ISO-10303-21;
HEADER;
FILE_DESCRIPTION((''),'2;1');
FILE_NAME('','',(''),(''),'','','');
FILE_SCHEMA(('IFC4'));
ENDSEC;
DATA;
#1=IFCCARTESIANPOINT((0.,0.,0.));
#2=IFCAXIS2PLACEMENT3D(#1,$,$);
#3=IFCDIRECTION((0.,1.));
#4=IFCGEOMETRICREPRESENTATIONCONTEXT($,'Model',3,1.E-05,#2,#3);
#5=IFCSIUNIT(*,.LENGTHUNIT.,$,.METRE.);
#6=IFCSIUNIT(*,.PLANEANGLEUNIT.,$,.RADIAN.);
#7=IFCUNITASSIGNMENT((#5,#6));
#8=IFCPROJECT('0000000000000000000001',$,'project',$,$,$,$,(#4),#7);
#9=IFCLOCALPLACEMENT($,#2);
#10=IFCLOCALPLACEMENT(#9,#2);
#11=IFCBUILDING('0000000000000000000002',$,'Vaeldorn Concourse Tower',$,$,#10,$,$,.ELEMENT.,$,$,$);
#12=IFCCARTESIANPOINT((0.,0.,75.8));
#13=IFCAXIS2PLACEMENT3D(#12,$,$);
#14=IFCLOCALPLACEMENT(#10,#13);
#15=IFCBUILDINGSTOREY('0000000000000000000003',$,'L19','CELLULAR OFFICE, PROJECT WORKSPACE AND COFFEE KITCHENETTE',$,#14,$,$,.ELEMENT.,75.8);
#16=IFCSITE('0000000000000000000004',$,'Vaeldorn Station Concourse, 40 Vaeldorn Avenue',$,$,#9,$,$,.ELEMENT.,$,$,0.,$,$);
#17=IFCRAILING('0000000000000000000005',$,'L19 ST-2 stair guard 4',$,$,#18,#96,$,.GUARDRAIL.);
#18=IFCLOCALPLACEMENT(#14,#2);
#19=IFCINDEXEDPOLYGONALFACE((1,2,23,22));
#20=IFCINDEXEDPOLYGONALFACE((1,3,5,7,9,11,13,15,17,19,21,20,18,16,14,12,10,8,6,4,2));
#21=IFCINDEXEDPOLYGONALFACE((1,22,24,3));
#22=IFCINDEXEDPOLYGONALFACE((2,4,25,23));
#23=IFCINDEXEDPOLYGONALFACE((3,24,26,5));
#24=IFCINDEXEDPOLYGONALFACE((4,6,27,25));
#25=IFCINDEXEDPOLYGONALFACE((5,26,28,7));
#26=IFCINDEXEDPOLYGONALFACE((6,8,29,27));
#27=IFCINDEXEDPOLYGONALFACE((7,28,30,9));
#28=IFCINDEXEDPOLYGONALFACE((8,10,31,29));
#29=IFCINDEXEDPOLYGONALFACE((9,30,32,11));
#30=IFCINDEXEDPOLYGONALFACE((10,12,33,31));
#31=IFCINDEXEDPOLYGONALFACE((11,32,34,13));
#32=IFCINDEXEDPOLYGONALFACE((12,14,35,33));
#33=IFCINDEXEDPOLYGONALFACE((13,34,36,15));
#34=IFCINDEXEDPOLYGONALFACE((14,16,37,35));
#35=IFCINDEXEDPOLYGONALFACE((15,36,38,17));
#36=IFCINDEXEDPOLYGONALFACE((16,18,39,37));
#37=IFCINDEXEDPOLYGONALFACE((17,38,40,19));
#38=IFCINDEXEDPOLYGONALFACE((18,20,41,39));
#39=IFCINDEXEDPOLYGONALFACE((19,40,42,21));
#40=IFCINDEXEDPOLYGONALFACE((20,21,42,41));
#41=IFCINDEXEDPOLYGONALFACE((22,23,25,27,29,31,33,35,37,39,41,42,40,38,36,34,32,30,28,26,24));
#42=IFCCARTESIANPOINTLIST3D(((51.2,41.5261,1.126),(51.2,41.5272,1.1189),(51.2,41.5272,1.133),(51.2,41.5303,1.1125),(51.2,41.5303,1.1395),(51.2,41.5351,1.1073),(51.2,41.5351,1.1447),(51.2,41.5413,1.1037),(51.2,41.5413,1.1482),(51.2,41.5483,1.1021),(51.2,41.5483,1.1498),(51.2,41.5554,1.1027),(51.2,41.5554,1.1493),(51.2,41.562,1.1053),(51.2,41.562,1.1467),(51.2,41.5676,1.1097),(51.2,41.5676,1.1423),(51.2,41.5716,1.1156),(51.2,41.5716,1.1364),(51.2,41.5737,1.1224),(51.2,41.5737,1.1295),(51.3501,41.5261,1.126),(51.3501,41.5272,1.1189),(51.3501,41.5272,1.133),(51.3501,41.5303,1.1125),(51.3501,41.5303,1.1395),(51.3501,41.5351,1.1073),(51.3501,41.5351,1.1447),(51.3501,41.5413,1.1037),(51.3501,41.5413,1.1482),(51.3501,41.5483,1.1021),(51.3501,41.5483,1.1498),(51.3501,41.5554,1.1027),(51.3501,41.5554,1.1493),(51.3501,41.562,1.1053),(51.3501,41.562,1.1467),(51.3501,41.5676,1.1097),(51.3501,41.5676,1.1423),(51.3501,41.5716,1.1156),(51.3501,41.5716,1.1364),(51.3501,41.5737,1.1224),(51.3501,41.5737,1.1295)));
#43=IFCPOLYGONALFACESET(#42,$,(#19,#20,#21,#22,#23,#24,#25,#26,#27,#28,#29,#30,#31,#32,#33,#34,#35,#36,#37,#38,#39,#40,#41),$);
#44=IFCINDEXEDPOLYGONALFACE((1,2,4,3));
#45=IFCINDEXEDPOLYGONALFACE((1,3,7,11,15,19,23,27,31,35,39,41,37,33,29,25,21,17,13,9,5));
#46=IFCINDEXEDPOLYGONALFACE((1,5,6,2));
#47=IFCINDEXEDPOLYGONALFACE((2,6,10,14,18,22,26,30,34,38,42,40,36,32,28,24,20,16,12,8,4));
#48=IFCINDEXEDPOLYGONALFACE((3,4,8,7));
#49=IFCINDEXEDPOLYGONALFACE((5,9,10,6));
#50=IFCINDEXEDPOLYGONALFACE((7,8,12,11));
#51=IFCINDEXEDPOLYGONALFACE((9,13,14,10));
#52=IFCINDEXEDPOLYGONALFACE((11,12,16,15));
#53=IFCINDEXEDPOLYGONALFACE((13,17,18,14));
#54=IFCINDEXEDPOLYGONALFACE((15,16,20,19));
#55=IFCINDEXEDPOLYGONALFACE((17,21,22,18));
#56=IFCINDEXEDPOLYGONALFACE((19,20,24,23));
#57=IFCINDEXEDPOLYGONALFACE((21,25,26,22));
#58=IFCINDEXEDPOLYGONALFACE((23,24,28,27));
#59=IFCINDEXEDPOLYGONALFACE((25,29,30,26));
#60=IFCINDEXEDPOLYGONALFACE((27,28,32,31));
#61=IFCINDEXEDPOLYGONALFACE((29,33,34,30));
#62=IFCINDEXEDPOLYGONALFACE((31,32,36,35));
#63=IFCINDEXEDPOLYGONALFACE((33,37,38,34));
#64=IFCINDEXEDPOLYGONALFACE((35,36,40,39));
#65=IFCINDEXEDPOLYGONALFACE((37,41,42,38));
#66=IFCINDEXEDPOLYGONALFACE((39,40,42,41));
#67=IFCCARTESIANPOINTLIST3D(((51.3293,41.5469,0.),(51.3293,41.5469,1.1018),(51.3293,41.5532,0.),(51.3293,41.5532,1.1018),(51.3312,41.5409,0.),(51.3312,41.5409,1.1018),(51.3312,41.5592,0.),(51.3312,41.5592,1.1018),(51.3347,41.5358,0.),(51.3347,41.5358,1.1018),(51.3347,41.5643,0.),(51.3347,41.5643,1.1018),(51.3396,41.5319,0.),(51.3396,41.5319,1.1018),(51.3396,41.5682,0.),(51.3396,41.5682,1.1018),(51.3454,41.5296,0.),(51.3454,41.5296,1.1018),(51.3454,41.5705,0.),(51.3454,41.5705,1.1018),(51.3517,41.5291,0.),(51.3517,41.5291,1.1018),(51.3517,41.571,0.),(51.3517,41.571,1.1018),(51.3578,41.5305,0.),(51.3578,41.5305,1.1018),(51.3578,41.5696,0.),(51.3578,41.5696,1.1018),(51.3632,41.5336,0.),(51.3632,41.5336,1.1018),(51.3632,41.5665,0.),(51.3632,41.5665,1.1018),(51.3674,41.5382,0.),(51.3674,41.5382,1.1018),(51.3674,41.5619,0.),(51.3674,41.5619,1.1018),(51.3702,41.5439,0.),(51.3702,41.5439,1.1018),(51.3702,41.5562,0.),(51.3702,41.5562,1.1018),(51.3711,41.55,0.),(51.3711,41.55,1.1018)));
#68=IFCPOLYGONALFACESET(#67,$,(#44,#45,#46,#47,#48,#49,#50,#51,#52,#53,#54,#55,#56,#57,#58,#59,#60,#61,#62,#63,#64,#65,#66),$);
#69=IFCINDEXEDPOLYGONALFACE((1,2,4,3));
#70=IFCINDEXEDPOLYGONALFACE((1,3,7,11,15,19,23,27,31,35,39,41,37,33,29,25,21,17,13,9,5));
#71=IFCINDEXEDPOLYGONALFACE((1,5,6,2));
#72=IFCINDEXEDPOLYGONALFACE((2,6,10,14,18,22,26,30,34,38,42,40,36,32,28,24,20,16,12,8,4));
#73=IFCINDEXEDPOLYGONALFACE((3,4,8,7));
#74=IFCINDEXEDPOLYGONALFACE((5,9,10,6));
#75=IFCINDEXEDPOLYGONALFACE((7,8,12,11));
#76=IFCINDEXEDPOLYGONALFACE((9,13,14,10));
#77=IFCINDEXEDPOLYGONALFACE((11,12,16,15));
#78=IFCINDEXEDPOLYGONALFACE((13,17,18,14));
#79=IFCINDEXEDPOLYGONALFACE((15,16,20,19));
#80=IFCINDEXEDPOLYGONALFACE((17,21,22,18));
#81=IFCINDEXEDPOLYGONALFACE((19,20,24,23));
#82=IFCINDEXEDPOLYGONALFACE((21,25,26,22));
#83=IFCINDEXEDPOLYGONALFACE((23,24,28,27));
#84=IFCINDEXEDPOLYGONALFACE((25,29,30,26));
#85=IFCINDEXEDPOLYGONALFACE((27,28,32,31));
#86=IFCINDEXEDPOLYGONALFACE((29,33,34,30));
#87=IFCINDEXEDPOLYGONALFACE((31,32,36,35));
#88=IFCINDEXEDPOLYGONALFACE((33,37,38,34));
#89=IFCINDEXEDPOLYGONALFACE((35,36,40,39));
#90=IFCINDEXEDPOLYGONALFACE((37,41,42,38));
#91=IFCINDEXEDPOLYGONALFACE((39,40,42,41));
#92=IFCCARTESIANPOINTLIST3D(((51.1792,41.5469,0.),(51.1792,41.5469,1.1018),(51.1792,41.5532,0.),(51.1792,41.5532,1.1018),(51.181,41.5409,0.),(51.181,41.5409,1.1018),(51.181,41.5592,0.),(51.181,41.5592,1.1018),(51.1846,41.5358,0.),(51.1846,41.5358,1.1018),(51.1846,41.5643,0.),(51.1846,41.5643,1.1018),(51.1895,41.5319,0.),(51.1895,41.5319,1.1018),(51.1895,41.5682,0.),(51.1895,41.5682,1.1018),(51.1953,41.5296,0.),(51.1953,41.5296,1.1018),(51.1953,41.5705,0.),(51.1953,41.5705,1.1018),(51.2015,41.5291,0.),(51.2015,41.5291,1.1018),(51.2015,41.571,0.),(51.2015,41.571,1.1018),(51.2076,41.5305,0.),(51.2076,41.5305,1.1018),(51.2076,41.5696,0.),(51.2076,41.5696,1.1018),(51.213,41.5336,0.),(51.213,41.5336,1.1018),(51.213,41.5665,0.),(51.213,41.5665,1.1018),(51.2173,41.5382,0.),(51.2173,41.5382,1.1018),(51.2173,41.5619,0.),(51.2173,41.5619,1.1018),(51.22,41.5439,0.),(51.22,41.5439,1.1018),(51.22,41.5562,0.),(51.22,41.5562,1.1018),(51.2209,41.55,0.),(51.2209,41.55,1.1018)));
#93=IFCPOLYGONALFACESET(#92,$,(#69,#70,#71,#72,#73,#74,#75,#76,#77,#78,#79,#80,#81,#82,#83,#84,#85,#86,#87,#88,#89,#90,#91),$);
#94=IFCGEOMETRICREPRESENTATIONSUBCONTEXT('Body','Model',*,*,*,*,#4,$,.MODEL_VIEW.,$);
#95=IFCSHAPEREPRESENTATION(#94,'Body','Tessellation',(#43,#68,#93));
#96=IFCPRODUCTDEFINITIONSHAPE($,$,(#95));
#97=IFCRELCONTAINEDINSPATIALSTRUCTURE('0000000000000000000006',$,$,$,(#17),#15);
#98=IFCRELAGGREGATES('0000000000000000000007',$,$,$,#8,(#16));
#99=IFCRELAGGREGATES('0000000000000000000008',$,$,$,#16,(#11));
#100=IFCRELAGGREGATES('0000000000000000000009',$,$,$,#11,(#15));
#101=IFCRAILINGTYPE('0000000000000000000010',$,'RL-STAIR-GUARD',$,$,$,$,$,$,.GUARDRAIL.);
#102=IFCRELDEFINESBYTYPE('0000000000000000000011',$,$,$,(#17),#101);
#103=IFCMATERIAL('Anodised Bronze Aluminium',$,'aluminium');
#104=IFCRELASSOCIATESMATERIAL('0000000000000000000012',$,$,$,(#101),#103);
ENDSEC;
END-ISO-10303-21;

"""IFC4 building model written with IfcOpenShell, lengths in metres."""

from ifc_helpers import new_model, si_unit, direction, frame, origin, origin_2d, place, context, subcontext, project, spatial, circle, extrude, material, type_object, element, save


model = new_model("IFC4")

# Units and contexts
model_context = context("Model", 3, precision=1e-05, world=origin(), true_north=direction((0.0, 1.0)))
body_context = subcontext(model_context, "Body", "Model", "MODEL_VIEW")
ifc_project = project(units=[si_unit("LENGTHUNIT", "METRE"), si_unit("PLANEANGLEUNIT", "RADIAN")], contexts=[model_context])

# Site, building, storey
site_placement = place(None, origin())
site = spatial("IfcSite", under=ifc_project, at=site_placement, Name="Vaeldorn Station Concourse, 40 Vaeldorn Avenue", CompositionType="ELEMENT", RefElevation=0.0)
building_placement = place(site_placement, origin())
building = spatial("IfcBuilding", under=site, at=building_placement, Name="Vaeldorn Concourse Tower", CompositionType="ELEMENT")
storey_placement = place(building_placement, frame((0.0, 0.0, 75.8)))
storey = spatial("IfcBuildingStorey", under=building, at=storey_placement, Name="L19", Description="CELLULAR OFFICE, PROJECT WORKSPACE AND COFFEE KITCHENETTE", CompositionType="ELEMENT", Elevation=75.8)

# Shared definitions
ifc_material_1 = material(Name="Anodised Bronze Aluminium", Category="aluminium")

# Railing
railing_type_1 = type_object("IfcRailingType", Name="RL-STAIR-GUARD", PredefinedType="GUARDRAIL", material=ifc_material_1)
railing_1_placement = place(storey_placement, frame((51.3501, 41.55, 0.0)))
element("IfcRailing", 1, at=railing_1_placement, inside=storey, type_object=railing_type_1, Name="L19 ST-2 stair guard 4", PredefinedType="GUARDRAIL", context=body_context, shape_type="SweptSolid", body=[
    extrude(circle(Radius=0.0239, at=origin_2d()), frame((0.0, 0.0, 1.126), z_axis=(-1.0, 0.0, 0.0), x_axis=(0.0, -1.0, 0.0)), (0.0, 0.0, 1.0), 0.1501),
    extrude(circle(Radius=0.021, at=origin_2d()), origin(), (0.0, 0.0, 1.0), 1.1018),
    extrude(circle(Radius=0.021, at=origin_2d()), frame((-0.1501, 0.0, 0.0)), (0.0, 0.0, 1.0), 1.1018),
])

save(model, "model.ifc")
